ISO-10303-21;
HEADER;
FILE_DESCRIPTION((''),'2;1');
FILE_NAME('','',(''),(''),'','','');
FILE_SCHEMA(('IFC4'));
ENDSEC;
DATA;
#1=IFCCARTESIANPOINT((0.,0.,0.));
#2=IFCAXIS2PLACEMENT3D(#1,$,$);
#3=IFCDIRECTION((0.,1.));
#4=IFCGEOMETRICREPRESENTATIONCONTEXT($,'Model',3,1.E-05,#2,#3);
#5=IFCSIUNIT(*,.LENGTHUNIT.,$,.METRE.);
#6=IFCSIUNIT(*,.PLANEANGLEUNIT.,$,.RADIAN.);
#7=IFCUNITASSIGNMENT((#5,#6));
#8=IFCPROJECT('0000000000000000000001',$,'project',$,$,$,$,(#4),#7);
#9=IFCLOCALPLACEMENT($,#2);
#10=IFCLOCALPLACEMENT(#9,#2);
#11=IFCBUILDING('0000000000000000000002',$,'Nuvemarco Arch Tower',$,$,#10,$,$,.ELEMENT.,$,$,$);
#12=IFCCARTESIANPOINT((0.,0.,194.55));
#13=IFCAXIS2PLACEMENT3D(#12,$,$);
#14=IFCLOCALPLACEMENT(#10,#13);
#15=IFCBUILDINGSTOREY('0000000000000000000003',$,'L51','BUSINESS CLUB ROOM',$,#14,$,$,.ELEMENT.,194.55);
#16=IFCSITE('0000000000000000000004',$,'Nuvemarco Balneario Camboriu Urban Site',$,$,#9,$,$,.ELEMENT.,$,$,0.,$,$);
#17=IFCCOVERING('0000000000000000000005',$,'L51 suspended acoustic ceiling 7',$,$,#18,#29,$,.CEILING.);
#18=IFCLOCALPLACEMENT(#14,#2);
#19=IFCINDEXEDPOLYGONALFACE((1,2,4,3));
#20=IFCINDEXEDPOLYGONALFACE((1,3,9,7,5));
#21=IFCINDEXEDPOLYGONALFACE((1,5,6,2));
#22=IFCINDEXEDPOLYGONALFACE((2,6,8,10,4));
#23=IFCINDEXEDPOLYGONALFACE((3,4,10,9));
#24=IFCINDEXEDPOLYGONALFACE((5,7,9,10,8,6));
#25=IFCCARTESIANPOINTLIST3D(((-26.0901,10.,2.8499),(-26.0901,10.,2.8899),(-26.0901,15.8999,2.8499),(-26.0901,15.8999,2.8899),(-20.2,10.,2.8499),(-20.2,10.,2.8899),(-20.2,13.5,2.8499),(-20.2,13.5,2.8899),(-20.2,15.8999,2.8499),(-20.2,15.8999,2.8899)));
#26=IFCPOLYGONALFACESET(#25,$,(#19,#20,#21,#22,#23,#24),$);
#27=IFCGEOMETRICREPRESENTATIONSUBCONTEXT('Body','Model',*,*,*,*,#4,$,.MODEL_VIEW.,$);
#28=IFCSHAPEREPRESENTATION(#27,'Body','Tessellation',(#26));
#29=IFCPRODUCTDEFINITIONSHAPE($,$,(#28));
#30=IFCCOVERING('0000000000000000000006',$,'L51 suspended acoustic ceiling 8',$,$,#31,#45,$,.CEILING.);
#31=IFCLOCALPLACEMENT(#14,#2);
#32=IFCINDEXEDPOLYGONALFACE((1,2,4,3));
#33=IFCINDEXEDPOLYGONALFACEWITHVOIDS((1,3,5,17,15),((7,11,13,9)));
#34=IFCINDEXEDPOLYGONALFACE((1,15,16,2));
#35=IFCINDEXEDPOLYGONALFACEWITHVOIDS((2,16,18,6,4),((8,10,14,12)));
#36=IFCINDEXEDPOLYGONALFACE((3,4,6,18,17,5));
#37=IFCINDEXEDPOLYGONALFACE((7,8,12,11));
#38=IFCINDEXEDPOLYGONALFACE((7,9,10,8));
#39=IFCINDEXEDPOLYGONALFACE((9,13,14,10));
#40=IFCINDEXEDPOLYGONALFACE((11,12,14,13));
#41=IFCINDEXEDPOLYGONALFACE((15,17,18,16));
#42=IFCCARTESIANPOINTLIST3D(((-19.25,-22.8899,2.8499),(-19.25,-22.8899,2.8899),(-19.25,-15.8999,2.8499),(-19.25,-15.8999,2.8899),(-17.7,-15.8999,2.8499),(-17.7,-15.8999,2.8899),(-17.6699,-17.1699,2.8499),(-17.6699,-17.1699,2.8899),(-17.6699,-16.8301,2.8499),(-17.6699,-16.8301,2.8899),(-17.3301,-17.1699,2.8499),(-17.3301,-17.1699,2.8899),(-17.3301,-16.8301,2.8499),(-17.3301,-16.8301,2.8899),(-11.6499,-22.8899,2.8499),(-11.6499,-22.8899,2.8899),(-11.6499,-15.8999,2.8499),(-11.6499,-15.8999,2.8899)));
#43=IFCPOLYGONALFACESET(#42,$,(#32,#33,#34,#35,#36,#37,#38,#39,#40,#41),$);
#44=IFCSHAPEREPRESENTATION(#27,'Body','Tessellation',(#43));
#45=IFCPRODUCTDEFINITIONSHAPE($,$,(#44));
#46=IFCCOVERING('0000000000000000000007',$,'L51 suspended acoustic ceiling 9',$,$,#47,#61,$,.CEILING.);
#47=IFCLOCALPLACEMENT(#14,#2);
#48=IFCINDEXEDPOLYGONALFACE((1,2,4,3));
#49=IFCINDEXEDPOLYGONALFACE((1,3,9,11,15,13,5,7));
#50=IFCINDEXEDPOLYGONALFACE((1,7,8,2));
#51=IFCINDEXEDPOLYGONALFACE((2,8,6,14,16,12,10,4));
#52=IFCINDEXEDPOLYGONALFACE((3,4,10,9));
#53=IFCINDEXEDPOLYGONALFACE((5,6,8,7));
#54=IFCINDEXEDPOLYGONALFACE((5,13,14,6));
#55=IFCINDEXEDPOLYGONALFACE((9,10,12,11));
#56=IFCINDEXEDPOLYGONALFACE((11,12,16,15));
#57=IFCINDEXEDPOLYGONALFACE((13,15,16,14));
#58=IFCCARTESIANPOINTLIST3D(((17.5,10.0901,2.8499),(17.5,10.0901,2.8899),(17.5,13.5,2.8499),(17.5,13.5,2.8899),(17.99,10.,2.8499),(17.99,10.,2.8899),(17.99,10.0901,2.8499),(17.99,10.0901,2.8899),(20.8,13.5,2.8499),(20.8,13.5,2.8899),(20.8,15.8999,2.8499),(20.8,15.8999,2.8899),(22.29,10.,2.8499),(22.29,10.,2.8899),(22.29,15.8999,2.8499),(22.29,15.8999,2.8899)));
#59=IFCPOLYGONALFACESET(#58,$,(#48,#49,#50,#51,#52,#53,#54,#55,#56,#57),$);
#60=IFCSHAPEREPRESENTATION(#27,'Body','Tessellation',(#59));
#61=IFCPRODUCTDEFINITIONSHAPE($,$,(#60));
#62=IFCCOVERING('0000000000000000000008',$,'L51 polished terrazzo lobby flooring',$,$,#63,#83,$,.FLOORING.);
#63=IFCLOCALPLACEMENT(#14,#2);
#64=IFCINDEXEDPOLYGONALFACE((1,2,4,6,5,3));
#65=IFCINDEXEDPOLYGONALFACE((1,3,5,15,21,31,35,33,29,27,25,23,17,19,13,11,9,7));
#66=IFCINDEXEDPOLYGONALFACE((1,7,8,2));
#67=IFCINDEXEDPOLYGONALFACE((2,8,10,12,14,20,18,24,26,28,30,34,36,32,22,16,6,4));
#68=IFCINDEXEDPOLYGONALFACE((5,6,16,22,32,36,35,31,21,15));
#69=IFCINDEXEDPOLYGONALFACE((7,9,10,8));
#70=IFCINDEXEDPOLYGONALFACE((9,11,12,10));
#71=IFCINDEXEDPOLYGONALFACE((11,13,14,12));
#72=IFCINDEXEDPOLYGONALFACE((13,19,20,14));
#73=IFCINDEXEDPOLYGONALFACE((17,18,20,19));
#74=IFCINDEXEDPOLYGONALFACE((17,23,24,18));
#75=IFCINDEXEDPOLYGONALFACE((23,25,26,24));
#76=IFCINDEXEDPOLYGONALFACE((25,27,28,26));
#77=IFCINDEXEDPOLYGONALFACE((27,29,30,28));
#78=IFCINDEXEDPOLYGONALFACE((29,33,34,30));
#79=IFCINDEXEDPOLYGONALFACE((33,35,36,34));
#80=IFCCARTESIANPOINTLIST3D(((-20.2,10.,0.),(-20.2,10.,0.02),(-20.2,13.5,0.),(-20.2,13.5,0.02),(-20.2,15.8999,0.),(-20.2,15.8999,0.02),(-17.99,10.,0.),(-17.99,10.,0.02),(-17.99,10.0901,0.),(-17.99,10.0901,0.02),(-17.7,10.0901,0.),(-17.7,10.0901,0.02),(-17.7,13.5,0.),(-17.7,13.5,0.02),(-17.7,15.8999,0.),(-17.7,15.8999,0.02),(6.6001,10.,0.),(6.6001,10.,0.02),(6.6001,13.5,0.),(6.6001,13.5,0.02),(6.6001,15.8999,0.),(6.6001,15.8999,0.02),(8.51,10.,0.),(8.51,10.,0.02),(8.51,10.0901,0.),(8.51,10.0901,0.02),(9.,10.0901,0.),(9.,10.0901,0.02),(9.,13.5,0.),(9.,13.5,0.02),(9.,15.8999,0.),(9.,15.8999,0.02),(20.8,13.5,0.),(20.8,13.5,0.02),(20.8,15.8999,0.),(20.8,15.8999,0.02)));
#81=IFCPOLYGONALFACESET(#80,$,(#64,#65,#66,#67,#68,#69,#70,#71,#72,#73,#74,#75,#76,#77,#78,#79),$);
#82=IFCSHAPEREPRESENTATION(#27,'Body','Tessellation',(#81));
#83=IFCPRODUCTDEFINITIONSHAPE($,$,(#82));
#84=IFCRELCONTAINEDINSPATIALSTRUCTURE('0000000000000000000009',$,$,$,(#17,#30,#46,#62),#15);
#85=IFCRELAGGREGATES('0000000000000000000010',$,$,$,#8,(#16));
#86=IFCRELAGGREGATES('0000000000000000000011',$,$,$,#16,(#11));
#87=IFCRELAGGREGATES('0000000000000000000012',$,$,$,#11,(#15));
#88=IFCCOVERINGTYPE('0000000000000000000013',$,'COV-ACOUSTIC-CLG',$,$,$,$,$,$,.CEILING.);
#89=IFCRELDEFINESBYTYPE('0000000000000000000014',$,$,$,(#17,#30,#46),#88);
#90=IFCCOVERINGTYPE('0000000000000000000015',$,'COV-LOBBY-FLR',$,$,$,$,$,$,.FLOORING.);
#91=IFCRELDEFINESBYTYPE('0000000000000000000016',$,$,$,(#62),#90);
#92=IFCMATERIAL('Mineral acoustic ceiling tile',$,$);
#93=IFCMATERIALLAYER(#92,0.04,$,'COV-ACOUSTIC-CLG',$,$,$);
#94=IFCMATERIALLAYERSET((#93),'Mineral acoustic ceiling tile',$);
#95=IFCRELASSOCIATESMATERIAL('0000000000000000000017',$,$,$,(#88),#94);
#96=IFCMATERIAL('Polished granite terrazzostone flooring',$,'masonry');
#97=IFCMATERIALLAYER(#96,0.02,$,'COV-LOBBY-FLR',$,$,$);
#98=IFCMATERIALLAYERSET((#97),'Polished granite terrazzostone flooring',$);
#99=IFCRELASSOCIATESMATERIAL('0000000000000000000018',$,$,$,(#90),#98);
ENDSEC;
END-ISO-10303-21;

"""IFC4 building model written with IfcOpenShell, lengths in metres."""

from ifc_helpers import new_model, si_unit, direction, frame, origin, place, context, subcontext, project, spatial, polyline, outline, extrude, material, layer, layer_set, type_object, element, save


model = new_model("IFC4")

# Units and contexts
model_context = context("Model", 3, precision=1e-05, world=origin(), true_north=direction((0.0, 1.0)))
body_context = subcontext(model_context, "Body", "Model", "MODEL_VIEW")
ifc_project = project(units=[si_unit("LENGTHUNIT", "METRE"), si_unit("PLANEANGLEUNIT", "RADIAN")], contexts=[model_context])

# Site, building, storey
site_placement = place(None, origin())
site = spatial("IfcSite", under=ifc_project, at=site_placement, Name="Nuvemarco Balneario Camboriu Urban Site", CompositionType="ELEMENT", RefElevation=0.0)
building_placement = place(site_placement, origin())
building = spatial("IfcBuilding", under=site, at=building_placement, Name="Nuvemarco Arch Tower", CompositionType="ELEMENT")
storey_placement = place(building_placement, frame((0.0, 0.0, 194.55)))
storey = spatial("IfcBuildingStorey", under=building, at=storey_placement, Name="L51", Description="BUSINESS CLUB ROOM", CompositionType="ELEMENT", Elevation=194.55)

# Coverings
ifc_material_1 = material(Name="Mineral acoustic ceiling tile")
ifc_layer_1 = layer(ifc_material_1, 0.04, Name="COV-ACOUSTIC-CLG")
ifc_layer_set_1 = layer_set([ifc_layer_1], Name="Mineral acoustic ceiling tile")
covering_type_1 = type_object("IfcCoveringType", Name="COV-ACOUSTIC-CLG", PredefinedType="CEILING", material=ifc_layer_set_1)
covering_1_placement = place(storey_placement, frame((0.0, 0.0, 2.8499)))
element("IfcCovering", 1, at=covering_1_placement, inside=storey, type_object=covering_type_1, Name="L51 suspended acoustic ceiling 7", PredefinedType="CEILING", context=body_context, shape_type="SweptSolid", body=[
    extrude(outline(polyline([(-20.2, 10.0), (-26.0901, 10.0), (-26.0901, 15.8999), (-20.2, 15.8999), (-20.2, 13.5), (-20.2, 10.0)])), origin(), (0.0, 0.0, 1.0), 0.04),
])
covering_2_placement = place(storey_placement, frame((0.0, 0.0, 2.8499)))
element("IfcCovering", 2, at=covering_2_placement, inside=storey, type_object=covering_type_1, Name="L51 suspended acoustic ceiling 8", PredefinedType="CEILING", context=body_context, shape_type="SweptSolid", body=[
    extrude(outline(polyline([(-11.6499, -22.8899), (-19.25, -22.8899), (-19.25, -15.8999), (-17.7, -15.8999), (-11.6499, -15.8999), (-11.6499, -22.8899)]), holes=[polyline([(-17.3301, -16.8301), (-17.6699, -16.8301), (-17.6699, -17.1699), (-17.3301, -17.1699), (-17.3301, -16.8301)])]), origin(), (0.0, 0.0, 1.0), 0.04),
])
covering_3_placement = place(storey_placement, frame((0.0, 0.0, 2.8499)))
element("IfcCovering", 3, at=covering_3_placement, inside=storey, type_object=covering_type_1, Name="L51 suspended acoustic ceiling 9", PredefinedType="CEILING", context=body_context, shape_type="SweptSolid", body=[
    extrude(outline(polyline([(17.99, 10.0901), (17.5, 10.0901), (17.5, 13.5), (20.8, 13.5), (20.8, 15.8999), (22.29, 15.8999), (22.29, 10.0), (17.99, 10.0), (17.99, 10.0901)])), origin(), (0.0, 0.0, 1.0), 0.04),
])
ifc_material_2 = material(Name="Polished granite terrazzostone flooring", Category="masonry")
ifc_layer_2 = layer(ifc_material_2, 0.02, Name="COV-LOBBY-FLR")
ifc_layer_set_2 = layer_set([ifc_layer_2], Name="Polished granite terrazzostone flooring")
covering_type_2 = type_object("IfcCoveringType", Name="COV-LOBBY-FLR", PredefinedType="FLOORING", material=ifc_layer_set_2)
covering_4_placement = place(storey_placement, origin())
element("IfcCovering", 4, at=covering_4_placement, inside=storey, type_object=covering_type_2, Name="L51 polished terrazzo lobby flooring", PredefinedType="FLOORING", context=body_context, shape_type="SweptSolid", body=[
    extrude(outline(polyline([(-20.2, 13.5), (-20.2, 15.8999), (-17.7, 15.8999), (6.6001, 15.8999), (9.0, 15.8999), (20.8, 15.8999), (20.8, 13.5), (9.0, 13.5), (9.0, 10.0901), (8.51, 10.0901), (8.51, 10.0), (6.6001, 10.0), (6.6001, 13.5), (-17.7, 13.5), (-17.7, 10.0901), (-17.99, 10.0901), (-17.99, 10.0), (-20.2, 10.0), (-20.2, 13.5)])), origin(), (0.0, 0.0, 1.0), 0.02),
])

save(model, "model.ifc")
